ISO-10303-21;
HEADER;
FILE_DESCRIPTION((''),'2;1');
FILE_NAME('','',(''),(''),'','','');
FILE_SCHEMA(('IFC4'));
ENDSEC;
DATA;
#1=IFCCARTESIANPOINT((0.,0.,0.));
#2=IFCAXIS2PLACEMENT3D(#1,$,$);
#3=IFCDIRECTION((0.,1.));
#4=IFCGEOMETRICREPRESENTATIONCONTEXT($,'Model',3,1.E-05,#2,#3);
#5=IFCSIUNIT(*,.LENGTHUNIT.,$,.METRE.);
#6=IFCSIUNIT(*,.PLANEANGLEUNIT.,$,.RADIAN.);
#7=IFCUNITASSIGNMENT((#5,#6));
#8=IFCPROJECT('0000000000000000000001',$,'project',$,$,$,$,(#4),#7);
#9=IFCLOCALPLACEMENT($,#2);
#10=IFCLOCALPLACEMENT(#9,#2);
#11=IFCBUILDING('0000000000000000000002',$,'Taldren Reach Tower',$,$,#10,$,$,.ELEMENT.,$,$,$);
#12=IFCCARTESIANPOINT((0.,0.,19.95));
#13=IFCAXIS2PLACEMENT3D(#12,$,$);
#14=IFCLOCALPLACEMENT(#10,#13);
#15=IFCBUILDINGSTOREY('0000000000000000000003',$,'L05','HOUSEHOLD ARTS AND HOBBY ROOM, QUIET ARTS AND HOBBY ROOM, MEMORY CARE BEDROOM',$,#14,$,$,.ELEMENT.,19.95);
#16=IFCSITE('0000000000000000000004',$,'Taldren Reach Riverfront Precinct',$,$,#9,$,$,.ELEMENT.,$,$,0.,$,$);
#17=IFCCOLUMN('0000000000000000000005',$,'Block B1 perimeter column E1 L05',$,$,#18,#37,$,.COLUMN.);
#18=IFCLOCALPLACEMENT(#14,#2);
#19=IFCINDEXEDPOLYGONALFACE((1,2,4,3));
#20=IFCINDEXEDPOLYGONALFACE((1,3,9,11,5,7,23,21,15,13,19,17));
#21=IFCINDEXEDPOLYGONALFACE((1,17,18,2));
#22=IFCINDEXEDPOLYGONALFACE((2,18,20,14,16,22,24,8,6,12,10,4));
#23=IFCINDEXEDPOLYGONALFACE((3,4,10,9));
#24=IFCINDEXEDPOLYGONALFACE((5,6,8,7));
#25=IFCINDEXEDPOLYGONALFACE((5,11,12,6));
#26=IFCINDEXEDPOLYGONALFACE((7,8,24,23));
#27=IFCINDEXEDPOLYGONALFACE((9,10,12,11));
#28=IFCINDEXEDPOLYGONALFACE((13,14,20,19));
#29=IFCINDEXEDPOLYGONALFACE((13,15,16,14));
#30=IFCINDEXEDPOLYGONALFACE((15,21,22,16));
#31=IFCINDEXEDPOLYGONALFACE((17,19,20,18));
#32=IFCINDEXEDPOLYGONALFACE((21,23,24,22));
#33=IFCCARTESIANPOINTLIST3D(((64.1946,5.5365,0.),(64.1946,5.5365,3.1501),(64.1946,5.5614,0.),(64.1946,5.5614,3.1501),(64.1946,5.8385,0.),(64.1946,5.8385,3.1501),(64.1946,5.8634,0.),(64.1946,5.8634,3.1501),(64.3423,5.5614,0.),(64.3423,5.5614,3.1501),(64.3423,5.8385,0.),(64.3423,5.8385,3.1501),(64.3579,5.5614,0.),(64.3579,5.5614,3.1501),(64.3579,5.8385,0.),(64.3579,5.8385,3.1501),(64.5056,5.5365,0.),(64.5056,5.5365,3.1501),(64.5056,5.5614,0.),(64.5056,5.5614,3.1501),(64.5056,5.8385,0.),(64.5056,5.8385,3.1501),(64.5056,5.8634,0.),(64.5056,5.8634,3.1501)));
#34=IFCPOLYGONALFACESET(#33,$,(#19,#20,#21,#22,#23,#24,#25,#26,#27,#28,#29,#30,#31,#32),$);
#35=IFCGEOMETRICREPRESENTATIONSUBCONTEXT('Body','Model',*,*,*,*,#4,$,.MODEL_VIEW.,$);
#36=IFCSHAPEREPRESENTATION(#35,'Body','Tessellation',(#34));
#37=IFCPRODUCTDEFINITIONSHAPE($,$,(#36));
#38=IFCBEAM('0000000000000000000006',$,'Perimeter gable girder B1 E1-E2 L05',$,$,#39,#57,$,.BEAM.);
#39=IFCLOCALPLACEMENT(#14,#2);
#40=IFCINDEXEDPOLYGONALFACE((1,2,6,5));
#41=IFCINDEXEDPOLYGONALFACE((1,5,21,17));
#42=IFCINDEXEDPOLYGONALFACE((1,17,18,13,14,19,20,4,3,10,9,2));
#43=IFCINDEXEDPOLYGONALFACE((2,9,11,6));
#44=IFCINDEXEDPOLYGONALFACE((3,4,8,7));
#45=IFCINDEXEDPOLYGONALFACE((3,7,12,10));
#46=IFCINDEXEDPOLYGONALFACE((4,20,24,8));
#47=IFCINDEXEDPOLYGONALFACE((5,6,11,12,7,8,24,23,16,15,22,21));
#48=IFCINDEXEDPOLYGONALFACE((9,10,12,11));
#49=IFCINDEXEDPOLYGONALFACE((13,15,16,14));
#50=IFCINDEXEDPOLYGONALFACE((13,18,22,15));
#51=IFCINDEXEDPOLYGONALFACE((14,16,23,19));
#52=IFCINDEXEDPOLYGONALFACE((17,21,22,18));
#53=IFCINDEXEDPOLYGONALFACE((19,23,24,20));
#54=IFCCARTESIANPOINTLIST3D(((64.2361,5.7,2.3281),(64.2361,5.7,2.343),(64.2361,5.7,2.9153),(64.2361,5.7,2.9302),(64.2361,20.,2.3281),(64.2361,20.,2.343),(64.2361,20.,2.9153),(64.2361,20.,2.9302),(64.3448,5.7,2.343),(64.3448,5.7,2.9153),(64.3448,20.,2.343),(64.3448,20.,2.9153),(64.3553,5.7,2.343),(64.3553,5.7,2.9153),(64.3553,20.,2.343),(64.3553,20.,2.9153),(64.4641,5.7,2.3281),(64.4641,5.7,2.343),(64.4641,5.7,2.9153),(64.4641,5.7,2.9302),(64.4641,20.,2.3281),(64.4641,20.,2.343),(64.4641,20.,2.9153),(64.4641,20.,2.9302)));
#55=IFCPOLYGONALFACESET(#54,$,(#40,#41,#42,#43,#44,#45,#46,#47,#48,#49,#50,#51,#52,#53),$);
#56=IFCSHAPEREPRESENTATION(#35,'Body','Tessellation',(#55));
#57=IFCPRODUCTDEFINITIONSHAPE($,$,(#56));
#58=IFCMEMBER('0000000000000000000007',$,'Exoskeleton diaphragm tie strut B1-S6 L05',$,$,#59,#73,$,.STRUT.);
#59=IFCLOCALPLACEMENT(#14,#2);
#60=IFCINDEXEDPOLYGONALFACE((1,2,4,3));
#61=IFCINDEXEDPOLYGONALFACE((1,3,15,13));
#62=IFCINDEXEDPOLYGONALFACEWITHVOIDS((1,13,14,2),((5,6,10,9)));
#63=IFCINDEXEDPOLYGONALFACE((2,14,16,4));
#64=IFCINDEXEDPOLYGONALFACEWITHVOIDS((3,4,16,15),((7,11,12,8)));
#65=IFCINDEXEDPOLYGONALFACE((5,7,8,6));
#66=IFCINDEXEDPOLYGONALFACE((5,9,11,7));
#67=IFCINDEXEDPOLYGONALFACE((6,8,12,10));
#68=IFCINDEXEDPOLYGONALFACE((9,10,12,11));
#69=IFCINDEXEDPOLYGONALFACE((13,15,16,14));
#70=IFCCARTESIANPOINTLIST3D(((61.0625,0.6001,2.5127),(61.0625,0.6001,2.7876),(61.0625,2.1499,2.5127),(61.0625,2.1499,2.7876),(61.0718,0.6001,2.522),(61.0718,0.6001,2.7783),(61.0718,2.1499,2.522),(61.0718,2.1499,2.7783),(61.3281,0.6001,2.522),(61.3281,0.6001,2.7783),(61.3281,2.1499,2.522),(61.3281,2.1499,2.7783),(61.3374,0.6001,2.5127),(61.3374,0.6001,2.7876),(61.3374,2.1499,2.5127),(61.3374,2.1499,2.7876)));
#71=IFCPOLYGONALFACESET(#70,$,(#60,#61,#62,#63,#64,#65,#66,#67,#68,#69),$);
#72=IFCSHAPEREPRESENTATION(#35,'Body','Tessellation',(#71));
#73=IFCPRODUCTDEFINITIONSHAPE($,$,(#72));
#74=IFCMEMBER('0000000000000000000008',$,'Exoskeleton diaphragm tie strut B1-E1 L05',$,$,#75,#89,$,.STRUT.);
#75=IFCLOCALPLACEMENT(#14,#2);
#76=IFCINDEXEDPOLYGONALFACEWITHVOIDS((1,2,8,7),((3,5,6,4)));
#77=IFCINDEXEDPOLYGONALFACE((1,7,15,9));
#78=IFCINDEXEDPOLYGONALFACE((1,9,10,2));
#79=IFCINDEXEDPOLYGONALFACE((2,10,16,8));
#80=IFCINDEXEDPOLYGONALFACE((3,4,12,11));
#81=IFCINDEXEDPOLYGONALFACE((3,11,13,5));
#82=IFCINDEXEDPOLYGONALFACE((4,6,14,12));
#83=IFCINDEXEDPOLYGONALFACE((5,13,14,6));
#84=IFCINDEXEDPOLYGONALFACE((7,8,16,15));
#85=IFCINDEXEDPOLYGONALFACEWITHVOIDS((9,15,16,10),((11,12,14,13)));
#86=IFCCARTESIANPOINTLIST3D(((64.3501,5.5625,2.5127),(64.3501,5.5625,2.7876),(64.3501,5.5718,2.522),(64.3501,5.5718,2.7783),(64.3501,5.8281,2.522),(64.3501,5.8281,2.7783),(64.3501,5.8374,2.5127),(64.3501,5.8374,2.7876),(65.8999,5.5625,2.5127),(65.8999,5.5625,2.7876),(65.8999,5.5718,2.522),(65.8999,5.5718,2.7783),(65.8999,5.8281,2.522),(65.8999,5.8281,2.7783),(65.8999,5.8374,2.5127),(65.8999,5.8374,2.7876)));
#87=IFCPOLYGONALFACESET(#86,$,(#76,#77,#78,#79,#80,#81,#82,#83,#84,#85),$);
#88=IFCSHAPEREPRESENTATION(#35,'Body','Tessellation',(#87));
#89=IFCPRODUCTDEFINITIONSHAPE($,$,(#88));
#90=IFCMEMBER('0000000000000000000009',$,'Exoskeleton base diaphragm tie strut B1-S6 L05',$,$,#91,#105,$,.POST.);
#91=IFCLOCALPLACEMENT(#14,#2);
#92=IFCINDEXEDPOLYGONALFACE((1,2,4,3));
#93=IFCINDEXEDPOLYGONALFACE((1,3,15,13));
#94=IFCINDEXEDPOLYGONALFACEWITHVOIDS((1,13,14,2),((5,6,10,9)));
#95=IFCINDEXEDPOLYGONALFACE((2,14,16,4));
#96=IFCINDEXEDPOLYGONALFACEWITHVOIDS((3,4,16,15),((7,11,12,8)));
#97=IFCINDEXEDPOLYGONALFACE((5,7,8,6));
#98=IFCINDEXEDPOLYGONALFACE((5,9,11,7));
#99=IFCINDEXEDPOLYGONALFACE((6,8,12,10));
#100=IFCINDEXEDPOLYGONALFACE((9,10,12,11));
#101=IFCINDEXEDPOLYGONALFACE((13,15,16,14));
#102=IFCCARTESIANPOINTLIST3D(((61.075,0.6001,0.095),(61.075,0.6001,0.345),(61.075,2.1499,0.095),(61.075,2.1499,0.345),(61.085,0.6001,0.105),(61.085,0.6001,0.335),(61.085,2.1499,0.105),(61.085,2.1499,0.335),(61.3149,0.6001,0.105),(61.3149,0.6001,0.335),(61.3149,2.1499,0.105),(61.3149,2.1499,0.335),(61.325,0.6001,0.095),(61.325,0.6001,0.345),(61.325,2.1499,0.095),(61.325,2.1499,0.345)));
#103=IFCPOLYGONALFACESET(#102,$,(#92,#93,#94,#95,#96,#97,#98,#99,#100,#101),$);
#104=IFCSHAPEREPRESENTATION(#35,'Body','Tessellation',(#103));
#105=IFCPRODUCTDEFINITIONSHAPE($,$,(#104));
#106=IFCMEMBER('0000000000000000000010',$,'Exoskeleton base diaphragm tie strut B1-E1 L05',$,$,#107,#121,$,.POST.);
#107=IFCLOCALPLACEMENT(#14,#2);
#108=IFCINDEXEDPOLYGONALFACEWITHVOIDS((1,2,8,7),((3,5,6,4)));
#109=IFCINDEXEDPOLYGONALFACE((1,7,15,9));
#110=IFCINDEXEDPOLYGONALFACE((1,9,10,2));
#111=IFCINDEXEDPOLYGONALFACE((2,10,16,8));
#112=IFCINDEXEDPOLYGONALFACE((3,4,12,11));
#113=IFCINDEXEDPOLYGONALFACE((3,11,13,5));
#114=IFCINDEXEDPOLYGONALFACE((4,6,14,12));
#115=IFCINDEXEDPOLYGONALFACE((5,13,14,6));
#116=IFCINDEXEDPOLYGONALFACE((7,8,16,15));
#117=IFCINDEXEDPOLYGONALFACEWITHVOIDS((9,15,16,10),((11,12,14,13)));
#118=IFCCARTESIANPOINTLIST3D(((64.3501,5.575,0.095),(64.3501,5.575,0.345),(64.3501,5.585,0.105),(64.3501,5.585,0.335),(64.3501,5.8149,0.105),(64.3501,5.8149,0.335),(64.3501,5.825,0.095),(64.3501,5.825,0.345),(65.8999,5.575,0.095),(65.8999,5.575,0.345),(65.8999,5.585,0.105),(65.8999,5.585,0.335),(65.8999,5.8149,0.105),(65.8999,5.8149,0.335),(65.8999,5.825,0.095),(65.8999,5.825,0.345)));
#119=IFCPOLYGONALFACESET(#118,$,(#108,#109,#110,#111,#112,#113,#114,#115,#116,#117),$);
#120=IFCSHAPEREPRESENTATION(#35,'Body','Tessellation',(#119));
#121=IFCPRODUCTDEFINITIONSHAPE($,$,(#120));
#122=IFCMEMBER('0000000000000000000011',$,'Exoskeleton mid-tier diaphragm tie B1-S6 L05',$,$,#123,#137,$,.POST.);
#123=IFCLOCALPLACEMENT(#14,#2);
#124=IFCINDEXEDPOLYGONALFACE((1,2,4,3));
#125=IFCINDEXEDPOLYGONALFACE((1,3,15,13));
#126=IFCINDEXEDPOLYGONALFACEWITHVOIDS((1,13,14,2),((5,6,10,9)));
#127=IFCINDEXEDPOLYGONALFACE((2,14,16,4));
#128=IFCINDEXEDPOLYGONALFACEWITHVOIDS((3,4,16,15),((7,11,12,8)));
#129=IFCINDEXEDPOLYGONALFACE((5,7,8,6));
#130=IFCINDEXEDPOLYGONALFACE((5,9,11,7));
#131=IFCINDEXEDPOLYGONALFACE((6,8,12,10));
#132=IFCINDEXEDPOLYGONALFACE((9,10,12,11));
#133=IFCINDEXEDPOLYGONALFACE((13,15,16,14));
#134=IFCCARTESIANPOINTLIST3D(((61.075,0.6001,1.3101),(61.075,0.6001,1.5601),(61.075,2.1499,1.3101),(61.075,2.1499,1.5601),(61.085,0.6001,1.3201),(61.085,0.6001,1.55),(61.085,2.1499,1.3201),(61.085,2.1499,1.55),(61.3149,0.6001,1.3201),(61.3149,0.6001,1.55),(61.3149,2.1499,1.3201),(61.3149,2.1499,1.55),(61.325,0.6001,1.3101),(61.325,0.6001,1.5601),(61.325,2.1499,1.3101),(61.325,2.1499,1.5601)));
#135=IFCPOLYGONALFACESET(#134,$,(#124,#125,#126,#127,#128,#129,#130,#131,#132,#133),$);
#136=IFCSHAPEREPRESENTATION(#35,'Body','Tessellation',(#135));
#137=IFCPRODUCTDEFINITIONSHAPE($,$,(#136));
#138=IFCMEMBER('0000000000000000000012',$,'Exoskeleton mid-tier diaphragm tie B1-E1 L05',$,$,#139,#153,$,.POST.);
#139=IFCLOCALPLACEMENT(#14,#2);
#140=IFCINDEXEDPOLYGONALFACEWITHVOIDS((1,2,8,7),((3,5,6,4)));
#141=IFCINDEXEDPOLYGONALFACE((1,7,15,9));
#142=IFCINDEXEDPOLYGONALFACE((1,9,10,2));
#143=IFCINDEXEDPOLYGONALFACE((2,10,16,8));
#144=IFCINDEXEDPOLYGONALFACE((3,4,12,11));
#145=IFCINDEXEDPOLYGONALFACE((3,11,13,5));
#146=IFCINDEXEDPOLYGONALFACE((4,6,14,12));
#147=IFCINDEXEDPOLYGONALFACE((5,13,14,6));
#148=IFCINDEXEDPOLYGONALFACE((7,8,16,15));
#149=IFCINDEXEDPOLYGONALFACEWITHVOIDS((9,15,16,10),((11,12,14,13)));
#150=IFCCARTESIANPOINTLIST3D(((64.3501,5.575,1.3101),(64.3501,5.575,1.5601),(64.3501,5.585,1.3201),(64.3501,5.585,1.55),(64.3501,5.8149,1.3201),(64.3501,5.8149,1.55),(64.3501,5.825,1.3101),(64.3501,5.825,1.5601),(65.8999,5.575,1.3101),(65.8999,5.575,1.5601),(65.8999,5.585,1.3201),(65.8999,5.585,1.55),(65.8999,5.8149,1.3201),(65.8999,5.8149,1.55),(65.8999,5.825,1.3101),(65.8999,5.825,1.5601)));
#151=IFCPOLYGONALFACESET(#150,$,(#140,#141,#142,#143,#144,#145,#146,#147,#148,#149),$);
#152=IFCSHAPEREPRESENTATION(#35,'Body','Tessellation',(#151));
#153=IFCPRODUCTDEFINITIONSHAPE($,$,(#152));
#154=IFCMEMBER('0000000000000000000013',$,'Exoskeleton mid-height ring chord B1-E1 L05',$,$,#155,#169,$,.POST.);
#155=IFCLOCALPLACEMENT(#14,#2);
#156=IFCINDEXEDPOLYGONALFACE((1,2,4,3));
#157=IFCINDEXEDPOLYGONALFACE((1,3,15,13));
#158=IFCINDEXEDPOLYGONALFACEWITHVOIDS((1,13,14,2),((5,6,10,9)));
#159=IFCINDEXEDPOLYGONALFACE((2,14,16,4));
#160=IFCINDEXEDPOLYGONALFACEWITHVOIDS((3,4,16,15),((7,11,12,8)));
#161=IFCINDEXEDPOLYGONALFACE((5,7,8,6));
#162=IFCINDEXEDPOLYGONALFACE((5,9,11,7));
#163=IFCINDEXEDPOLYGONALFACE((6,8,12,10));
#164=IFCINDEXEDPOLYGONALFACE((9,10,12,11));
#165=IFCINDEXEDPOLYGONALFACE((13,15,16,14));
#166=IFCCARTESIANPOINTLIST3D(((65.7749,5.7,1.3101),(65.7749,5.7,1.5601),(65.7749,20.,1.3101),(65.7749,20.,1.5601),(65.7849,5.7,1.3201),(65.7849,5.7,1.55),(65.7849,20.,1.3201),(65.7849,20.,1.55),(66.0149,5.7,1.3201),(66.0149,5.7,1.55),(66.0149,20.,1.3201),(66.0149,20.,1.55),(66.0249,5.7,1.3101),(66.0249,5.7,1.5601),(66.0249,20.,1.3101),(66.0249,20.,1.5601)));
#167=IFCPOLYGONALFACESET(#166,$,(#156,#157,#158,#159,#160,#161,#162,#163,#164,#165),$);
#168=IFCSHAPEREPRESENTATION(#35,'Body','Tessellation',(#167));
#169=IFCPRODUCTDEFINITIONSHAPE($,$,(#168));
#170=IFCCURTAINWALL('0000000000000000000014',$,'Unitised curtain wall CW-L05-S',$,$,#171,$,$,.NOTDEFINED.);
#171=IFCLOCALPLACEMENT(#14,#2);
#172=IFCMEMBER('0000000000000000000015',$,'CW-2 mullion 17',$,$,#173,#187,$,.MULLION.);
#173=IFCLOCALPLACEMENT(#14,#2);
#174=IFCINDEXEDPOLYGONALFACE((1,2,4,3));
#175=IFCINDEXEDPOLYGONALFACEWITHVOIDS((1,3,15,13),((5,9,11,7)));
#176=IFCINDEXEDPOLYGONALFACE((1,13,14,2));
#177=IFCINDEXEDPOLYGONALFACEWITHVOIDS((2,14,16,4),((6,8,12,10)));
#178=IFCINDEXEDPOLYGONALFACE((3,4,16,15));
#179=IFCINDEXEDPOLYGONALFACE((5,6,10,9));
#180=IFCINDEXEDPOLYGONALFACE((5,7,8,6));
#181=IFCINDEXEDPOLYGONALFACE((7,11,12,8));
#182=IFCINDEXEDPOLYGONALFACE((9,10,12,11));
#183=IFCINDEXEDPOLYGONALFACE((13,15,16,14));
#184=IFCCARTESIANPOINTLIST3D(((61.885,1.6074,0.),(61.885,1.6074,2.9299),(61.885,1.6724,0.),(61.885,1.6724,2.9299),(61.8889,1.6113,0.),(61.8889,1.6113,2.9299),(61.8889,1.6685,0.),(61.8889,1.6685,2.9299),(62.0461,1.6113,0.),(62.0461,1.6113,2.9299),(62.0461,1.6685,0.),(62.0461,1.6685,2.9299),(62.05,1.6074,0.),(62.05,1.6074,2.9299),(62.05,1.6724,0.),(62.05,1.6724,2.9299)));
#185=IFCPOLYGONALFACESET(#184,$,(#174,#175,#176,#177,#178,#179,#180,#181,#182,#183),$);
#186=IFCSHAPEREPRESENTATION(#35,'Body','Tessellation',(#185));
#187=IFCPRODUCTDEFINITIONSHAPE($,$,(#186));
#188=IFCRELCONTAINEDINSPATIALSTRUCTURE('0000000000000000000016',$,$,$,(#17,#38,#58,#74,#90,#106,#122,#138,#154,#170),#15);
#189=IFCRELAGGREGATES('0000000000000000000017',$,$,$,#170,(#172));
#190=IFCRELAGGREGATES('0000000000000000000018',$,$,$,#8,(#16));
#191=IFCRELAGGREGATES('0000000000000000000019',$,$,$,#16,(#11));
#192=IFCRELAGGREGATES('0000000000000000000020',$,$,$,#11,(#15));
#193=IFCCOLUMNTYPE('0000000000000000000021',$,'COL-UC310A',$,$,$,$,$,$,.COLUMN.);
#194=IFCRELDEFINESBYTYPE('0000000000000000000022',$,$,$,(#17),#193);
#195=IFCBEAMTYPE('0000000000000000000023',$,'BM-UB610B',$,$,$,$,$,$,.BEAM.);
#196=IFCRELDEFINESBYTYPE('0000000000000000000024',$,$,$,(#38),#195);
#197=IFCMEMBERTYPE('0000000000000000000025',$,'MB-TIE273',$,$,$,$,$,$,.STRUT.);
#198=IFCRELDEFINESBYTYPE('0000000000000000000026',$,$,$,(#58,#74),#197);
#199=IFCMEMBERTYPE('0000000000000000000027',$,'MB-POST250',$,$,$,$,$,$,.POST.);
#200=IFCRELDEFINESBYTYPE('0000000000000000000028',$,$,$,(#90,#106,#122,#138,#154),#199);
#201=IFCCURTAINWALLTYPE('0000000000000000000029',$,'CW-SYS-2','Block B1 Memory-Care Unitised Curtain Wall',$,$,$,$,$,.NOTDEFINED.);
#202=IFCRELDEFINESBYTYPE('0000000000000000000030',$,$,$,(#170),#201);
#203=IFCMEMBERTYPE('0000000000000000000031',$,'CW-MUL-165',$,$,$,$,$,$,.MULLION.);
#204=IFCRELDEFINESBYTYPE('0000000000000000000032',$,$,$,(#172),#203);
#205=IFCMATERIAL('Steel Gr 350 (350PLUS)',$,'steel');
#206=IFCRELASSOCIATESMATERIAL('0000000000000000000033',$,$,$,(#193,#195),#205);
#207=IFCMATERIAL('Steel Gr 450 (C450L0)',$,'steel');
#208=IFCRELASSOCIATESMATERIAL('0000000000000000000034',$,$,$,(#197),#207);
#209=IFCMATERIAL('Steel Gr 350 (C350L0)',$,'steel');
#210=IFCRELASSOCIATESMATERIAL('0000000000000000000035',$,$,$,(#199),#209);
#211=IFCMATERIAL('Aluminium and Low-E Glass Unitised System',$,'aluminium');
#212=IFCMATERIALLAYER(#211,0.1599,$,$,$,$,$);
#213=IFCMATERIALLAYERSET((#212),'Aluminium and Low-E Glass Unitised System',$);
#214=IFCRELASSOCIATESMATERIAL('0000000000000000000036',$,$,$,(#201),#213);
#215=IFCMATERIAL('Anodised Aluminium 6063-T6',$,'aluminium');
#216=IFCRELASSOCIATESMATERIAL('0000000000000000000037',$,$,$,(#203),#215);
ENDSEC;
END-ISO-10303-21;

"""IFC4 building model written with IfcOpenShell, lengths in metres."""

from ifc_helpers import new_model, si_unit, direction, frame, origin, origin_2d, place, context, subcontext, project, spatial, hollow_rectangle, i_section, extrude, source, transform, mapped, material, layer, layer_set, material_profile, profile_set, type_object, element, aggregate, save


model = new_model("IFC4")

# Units and contexts
model_context = context("Model", 3, precision=1e-05, world=origin(), true_north=direction((0.0, 1.0)))
body_context = subcontext(model_context, "Body", "Model", "MODEL_VIEW")
ifc_project = project(units=[si_unit("LENGTHUNIT", "METRE"), si_unit("PLANEANGLEUNIT", "RADIAN")], contexts=[model_context])

# Site, building, storey
site_placement = place(None, origin())
site = spatial("IfcSite", under=ifc_project, at=site_placement, Name="Taldren Reach Riverfront Precinct", CompositionType="ELEMENT", RefElevation=0.0)
building_placement = place(site_placement, origin())
building = spatial("IfcBuilding", under=site, at=building_placement, Name="Taldren Reach Tower", CompositionType="ELEMENT")
storey_placement = place(building_placement, frame((0.0, 0.0, 19.95)))
storey = spatial("IfcBuildingStorey", under=building, at=storey_placement, Name="L05", Description="HOUSEHOLD ARTS AND HOBBY ROOM, QUIET ARTS AND HOBBY ROOM, MEMORY CARE BEDROOM", CompositionType="ELEMENT", Elevation=19.95)

# Column
ifc_material_1 = material(Name="Steel Gr 350 (350PLUS)", Category="steel")
ifc_material_profile_1 = material_profile(ifc_material_1, i_section(OverallWidth=0.311, OverallDepth=0.3269, WebThickness=0.0156, FlangeThickness=0.0249, at=origin_2d()), Name="310UC158")
ifc_profile_set_1 = profile_set([ifc_material_profile_1], Name="Steel Gr 350 (350PLUS)")
column_type = type_object("IfcColumnType", Name="COL-UC310A", PredefinedType="COLUMN", material=ifc_profile_set_1)
shared_shape_1 = source(origin(), body_context, "Body", "SweptSolid", [
    extrude(i_section(OverallWidth=0.311, OverallDepth=0.3269, WebThickness=0.0156, FlangeThickness=0.0249, at=origin_2d()), origin(), (0.0, 0.0, 1.0), 3.1501),
])
column_placement = place(storey_placement, frame((64.3501, 5.7, 0.0), z_axis=(0.0, 0.0, 1.0), x_axis=(1.0, 0.0, 0.0)))
element("IfcColumn", 1, at=column_placement, inside=storey, type_object=column_type, Name="Block B1 perimeter column E1 L05", PredefinedType="COLUMN", context=body_context, shape_type="MappedRepresentation", body=[
    mapped(shared_shape_1, transform((0.0, 0.0, 0.0), scale=1.0)),
])

# Beam
ifc_material_profile_2 = material_profile(ifc_material_1, i_section(OverallWidth=0.228, OverallDepth=0.6021, WebThickness=0.0105, FlangeThickness=0.0149, at=origin_2d()), Name="610UB101")
ifc_profile_set_2 = profile_set([ifc_material_profile_2], Name="Steel Gr 350 (350PLUS)")
beam_type = type_object("IfcBeamType", Name="BM-UB610B", PredefinedType="BEAM", material=ifc_profile_set_2)
shared_shape_2 = source(origin(), body_context, "Body", "SweptSolid", [
    extrude(i_section(OverallWidth=0.228, OverallDepth=0.6021, WebThickness=0.0105, FlangeThickness=0.0149, at=origin_2d()), origin(), (0.0, 0.0, 1.0), 14.3),
])
beam_placement = place(storey_placement, frame((64.3501, 5.7, 2.6292), z_axis=(0.0, 1.0, 0.0), x_axis=(-1.0, 0.0, 0.0)))
element("IfcBeam", 2, at=beam_placement, inside=storey, type_object=beam_type, Name="Perimeter gable girder B1 E1-E2 L05", PredefinedType="BEAM", context=body_context, shape_type="MappedRepresentation", body=[
    mapped(shared_shape_2, transform((0.0, 0.0, 0.0), scale=1.0)),
])

# Members
ifc_material_2 = material(Name="Steel Gr 450 (C450L0)", Category="steel")
ifc_material_profile_3 = material_profile(ifc_material_2, hollow_rectangle(XDim=0.2749, YDim=0.2749, WallThickness=0.0093, at=origin_2d()), Name="275x275x9.3SHS")
ifc_profile_set_3 = profile_set([ifc_material_profile_3], Name="Steel Gr 450 (C450L0)")
member_type_1 = type_object("IfcMemberType", Name="MB-TIE273", PredefinedType="STRUT", material=ifc_profile_set_3)
shared_shape_3 = source(origin(), body_context, "Body", "SweptSolid", [
    extrude(hollow_rectangle(XDim=0.2749, YDim=0.2749, WallThickness=0.0093, at=origin_2d()), origin(), (0.0, 0.0, 1.0), 1.5498),
])
for number, where, z_axis, x_axis, name in (
    (3, (61.2, 2.1499, 2.6501), (0.0, -1.0, 0.0), (1.0, 0.0, 0.0), "Exoskeleton diaphragm tie strut B1-S6 L05"),
    (4, (64.3501, 5.7, 2.6501), (1.0, 0.0, 0.0), (0.0, 1.0, 0.0), "Exoskeleton diaphragm tie strut B1-E1 L05"),
):
    element("IfcMember", number, at=place(storey_placement, frame(where, z_axis=z_axis, x_axis=x_axis)), inside=storey, type_object=member_type_1, Name=name, PredefinedType="STRUT", context=body_context, shape_type="MappedRepresentation", body=[
        mapped(shared_shape_3, transform((0.0, 0.0, 0.0), scale=1.0)),
    ])
ifc_material_3 = material(Name="Steel Gr 350 (C350L0)", Category="steel")
ifc_material_profile_4 = material_profile(ifc_material_3, hollow_rectangle(XDim=0.25, YDim=0.25, WallThickness=0.01, at=origin_2d()), Name="250x250x10.0SHS")
ifc_profile_set_4 = profile_set([ifc_material_profile_4], Name="Steel Gr 350 (C350L0)")
member_type_2 = type_object("IfcMemberType", Name="MB-POST250", PredefinedType="POST", material=ifc_profile_set_4)
shared_shape_4 = source(origin(), body_context, "Body", "SweptSolid", [
    extrude(hollow_rectangle(XDim=0.25, YDim=0.25, WallThickness=0.01, at=origin_2d()), origin(), (0.0, 0.0, 1.0), 1.5498),
])
for number, where, z_axis, x_axis, name in (
    (5, (61.2, 2.1499, 0.22), (0.0, -1.0, 0.0), (1.0, 0.0, 0.0), "Exoskeleton base diaphragm tie strut B1-S6 L05"),
    (6, (64.3501, 5.7, 0.22), (1.0, 0.0, 0.0), (0.0, 1.0, 0.0), "Exoskeleton base diaphragm tie strut B1-E1 L05"),
    (7, (61.2, 2.1499, 1.4351), (0.0, -1.0, 0.0), (1.0, 0.0, 0.0), "Exoskeleton mid-tier diaphragm tie B1-S6 L05"),
    (8, (64.3501, 5.7, 1.4351), (1.0, 0.0, 0.0), (0.0, 1.0, 0.0), "Exoskeleton mid-tier diaphragm tie B1-E1 L05"),
):
    element("IfcMember", number, at=place(storey_placement, frame(where, z_axis=z_axis, x_axis=x_axis)), inside=storey, type_object=member_type_2, Name=name, PredefinedType="POST", context=body_context, shape_type="MappedRepresentation", body=[
        mapped(shared_shape_4, transform((0.0, 0.0, 0.0), scale=1.0)),
    ])
shared_shape_5 = source(origin(), body_context, "Body", "SweptSolid", [
    extrude(hollow_rectangle(XDim=0.25, YDim=0.25, WallThickness=0.01, at=origin_2d()), origin(), (0.0, 0.0, 1.0), 14.3),
])
member_1_placement = place(storey_placement, frame((65.8999, 5.7, 1.4351), z_axis=(0.0, 1.0, 0.0), x_axis=(-1.0, 0.0, 0.0)))
element("IfcMember", 9, at=member_1_placement, inside=storey, type_object=member_type_2, Name="Exoskeleton mid-height ring chord B1-E1 L05", PredefinedType="POST", context=body_context, shape_type="MappedRepresentation", body=[
    mapped(shared_shape_5, transform((0.0, 0.0, 0.0), scale=1.0)),
])

# Curtain wall, member
ifc_material_4 = material(Name="Aluminium and Low-E Glass Unitised System", Category="aluminium")
ifc_layer_1 = layer(ifc_material_4, 0.1599)
ifc_layer_set_1 = layer_set([ifc_layer_1], Name="Aluminium and Low-E Glass Unitised System")
curtain_wall_type = type_object("IfcCurtainWallType", Name="CW-SYS-2", Description="Block B1 Memory-Care Unitised Curtain Wall", PredefinedType="NOTDEFINED", material=ifc_layer_set_1)
curtain_wall_1_placement = place(storey_placement, origin())
curtain_wall_1 = element("IfcCurtainWall", 10, at=curtain_wall_1_placement, inside=storey, type_object=curtain_wall_type, Name="Unitised curtain wall CW-L05-S", PredefinedType="NOTDEFINED")
ifc_material_5 = material(Name="Anodised Aluminium 6063-T6", Category="aluminium")
ifc_material_profile_5 = material_profile(ifc_material_5, hollow_rectangle(XDim=0.0649, YDim=0.165, WallThickness=0.0039, at=origin_2d()), Name="ALU-165x65x4RHS")
ifc_profile_set_5 = profile_set([ifc_material_profile_5], Name="Anodised Aluminium 6063-T6")
member_type_3 = type_object("IfcMemberType", Name="CW-MUL-165", PredefinedType="MULLION", material=ifc_profile_set_5)
shared_shape_6 = source(origin(), body_context, "Body", "SweptSolid", [
    extrude(hollow_rectangle(XDim=0.0649, YDim=0.165, WallThickness=0.0039, at=origin_2d()), origin(), (0.0, 0.0, 1.0), 2.9299),
])
member_2_placement = place(storey_placement, frame((61.9675, 1.6399, 0.0), z_axis=(0.0, 0.0, 1.0), x_axis=(0.0, 1.0, 0.0)))
member_2 = element("IfcMember", 11, at=member_2_placement, type_object=member_type_3, Name="CW-2 mullion 17", PredefinedType="MULLION", context=body_context, shape_type="MappedRepresentation", body=[
    mapped(shared_shape_6, transform((0.0, 0.0, 0.0), scale=1.0)),
])
aggregate(curtain_wall_1, [member_2])

save(model, "model.ifc")
